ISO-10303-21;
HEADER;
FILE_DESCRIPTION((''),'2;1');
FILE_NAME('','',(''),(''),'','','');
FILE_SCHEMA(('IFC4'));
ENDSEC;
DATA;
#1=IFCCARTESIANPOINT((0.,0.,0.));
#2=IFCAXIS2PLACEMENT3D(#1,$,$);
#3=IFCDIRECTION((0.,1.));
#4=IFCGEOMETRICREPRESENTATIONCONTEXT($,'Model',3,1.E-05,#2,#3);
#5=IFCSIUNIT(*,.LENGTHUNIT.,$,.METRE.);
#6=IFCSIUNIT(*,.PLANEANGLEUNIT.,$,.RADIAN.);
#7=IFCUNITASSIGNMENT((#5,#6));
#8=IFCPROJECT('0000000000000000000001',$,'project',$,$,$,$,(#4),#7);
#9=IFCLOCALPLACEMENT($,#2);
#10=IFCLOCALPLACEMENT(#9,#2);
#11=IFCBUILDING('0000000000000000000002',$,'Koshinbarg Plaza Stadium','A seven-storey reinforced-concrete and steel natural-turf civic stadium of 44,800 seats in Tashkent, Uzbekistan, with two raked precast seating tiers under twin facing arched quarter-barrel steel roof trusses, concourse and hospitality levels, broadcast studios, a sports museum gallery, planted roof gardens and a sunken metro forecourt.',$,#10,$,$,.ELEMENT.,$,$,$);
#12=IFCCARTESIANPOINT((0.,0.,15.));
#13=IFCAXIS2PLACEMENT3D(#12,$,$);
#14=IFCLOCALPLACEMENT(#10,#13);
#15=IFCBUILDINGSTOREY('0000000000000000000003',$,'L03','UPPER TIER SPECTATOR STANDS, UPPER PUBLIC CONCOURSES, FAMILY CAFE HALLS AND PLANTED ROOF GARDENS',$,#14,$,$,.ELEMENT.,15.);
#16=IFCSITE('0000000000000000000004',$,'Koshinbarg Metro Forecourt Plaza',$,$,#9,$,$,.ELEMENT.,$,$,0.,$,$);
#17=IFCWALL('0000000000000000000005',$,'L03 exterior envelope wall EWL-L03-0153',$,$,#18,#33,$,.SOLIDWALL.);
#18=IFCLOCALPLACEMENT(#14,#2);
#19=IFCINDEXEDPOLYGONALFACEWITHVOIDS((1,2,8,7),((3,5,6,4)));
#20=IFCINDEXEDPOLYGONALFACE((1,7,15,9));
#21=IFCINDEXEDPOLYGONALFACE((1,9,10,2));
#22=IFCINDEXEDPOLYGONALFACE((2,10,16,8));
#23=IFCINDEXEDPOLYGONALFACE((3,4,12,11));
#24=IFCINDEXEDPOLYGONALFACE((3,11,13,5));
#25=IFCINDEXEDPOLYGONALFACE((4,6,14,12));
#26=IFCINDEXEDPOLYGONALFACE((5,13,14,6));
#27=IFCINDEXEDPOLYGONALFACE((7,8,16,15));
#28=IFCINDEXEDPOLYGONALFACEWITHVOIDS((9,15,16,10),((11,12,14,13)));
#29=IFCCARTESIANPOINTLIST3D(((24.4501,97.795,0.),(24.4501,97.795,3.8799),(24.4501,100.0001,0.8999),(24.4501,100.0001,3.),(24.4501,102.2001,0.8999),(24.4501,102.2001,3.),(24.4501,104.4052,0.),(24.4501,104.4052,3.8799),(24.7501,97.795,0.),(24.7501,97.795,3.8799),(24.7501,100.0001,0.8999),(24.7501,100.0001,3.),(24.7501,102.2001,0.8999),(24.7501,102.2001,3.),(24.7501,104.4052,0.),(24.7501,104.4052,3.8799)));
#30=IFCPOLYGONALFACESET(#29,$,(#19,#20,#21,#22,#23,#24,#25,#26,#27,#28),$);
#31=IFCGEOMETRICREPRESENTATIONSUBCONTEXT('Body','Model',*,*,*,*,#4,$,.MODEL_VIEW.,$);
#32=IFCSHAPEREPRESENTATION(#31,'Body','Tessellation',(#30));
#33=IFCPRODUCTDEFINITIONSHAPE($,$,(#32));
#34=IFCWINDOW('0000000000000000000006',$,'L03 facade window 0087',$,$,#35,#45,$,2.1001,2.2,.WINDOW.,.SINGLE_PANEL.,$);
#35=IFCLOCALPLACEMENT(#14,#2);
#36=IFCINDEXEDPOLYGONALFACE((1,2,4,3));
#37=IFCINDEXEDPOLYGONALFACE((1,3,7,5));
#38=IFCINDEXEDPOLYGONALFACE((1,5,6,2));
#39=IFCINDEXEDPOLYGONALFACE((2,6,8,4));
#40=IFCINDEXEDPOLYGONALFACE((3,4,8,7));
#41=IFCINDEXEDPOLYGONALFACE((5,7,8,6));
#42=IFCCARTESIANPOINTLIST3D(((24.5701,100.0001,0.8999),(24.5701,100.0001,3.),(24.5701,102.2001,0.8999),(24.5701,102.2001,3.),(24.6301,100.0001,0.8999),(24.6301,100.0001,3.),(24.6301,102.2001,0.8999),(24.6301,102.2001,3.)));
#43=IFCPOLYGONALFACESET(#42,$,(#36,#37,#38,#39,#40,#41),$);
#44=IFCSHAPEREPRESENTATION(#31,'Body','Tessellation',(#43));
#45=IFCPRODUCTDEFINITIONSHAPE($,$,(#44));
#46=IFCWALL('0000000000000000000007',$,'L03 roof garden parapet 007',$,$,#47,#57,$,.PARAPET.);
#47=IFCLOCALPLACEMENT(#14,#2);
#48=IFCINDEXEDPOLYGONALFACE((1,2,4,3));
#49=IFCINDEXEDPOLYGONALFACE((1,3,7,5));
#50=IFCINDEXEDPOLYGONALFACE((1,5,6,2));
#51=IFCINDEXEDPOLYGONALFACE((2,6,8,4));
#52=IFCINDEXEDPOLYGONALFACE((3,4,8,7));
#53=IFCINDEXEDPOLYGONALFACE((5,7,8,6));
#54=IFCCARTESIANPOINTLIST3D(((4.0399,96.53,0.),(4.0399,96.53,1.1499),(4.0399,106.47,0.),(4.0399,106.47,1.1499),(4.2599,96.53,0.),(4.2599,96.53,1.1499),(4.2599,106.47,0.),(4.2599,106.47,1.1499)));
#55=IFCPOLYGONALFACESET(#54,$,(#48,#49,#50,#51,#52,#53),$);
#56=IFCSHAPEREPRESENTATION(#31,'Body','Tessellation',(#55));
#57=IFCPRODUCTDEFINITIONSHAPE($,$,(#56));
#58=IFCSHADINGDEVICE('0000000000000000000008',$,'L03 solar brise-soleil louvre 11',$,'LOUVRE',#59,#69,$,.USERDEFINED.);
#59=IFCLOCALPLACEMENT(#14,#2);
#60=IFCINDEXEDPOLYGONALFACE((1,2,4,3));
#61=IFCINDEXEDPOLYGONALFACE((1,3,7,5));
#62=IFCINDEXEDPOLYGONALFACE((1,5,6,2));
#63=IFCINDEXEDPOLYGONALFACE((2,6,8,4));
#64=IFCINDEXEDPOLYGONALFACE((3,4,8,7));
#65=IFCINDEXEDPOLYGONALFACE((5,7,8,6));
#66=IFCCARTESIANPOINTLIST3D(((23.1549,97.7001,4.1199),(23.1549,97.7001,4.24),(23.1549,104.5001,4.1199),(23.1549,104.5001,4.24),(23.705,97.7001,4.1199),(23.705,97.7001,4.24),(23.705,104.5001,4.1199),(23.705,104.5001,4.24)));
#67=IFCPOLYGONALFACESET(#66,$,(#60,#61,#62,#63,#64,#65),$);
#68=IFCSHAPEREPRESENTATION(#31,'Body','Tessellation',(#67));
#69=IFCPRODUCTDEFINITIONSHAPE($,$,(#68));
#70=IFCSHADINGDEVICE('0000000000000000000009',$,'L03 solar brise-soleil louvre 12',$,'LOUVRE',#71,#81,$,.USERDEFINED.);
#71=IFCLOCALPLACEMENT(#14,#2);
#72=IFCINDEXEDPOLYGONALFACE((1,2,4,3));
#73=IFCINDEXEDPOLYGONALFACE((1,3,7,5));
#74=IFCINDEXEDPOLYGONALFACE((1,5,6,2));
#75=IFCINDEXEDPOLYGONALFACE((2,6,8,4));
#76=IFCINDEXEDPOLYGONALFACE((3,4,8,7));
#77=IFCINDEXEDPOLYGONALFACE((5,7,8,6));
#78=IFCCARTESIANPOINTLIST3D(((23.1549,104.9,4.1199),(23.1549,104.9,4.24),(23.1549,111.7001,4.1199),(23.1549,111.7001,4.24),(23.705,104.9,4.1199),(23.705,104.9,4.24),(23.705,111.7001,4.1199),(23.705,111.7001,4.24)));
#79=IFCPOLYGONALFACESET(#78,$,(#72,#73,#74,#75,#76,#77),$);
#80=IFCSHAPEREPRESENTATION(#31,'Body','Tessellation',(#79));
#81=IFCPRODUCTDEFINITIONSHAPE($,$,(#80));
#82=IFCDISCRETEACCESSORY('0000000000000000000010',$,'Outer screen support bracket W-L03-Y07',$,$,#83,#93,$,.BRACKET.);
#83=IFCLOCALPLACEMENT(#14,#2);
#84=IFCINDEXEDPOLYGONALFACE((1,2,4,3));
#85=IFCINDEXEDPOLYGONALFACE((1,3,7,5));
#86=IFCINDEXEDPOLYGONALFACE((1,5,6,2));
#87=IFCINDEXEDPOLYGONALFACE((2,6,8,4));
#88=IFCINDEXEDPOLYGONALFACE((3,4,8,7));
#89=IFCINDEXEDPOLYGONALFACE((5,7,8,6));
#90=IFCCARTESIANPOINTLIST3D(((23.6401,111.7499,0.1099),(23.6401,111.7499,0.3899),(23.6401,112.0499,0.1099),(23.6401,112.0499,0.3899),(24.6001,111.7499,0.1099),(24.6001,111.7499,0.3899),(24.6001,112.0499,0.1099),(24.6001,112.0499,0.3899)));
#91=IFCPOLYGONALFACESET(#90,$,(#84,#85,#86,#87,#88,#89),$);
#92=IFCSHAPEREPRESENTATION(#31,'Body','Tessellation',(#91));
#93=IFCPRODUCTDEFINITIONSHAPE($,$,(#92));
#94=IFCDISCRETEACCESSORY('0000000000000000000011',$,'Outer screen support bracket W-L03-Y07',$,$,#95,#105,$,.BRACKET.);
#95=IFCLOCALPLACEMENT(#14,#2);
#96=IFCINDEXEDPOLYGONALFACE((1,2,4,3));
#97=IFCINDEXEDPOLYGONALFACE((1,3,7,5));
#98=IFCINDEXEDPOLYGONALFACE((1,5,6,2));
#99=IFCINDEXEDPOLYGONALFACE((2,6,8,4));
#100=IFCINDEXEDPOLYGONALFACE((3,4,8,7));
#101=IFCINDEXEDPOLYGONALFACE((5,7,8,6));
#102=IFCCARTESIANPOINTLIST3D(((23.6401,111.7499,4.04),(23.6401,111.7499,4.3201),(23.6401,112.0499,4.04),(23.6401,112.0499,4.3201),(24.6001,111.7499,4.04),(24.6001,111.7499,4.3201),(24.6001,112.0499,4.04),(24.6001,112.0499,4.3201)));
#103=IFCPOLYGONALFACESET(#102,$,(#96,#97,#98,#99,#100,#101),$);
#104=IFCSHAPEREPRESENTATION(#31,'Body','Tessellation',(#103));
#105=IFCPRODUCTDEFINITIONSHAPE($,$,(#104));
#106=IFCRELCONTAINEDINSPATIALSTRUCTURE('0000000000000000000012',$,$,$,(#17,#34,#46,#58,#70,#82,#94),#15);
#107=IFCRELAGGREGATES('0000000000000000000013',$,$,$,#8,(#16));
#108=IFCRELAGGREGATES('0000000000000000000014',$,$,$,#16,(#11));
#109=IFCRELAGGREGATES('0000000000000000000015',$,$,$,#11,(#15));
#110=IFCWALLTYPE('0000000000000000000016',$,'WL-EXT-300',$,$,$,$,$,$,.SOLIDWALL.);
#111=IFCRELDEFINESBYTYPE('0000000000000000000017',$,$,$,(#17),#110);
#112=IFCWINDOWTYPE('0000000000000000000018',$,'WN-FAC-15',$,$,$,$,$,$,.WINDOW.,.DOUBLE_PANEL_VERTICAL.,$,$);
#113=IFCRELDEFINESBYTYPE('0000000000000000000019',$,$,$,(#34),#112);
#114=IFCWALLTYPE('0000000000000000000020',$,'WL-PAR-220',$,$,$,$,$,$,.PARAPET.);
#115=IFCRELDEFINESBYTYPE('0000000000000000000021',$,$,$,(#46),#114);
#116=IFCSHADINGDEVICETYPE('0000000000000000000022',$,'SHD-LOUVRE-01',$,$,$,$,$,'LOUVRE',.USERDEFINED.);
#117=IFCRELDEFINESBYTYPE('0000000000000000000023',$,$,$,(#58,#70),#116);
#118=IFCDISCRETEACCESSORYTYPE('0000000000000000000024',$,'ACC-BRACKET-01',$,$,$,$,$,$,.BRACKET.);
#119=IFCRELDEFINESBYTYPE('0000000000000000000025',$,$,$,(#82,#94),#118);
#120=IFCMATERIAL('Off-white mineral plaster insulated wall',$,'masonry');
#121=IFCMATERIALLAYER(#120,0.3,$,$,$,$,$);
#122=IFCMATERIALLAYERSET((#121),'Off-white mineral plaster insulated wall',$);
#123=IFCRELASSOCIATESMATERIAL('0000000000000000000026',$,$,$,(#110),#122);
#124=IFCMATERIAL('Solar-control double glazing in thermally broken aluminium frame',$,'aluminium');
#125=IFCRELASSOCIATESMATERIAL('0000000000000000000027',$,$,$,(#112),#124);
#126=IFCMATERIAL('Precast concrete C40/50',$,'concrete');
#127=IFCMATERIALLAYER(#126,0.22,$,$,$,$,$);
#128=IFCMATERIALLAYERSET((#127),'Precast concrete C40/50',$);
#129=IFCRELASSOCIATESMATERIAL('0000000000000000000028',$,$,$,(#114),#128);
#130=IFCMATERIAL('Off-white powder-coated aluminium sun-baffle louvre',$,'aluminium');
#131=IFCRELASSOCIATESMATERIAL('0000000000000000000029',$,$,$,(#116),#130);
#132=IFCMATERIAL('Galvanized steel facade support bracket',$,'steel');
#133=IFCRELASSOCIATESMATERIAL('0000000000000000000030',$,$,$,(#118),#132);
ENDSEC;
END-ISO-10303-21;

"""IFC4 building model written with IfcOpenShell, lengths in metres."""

from ifc_helpers import new_model, si_unit, direction, frame, frame_2d, origin, origin_2d, place, context, subcontext, project, spatial, rectangle, extrude, material, layer, layer_set, type_object, element, fill, save


model = new_model("IFC4")

# Units and contexts
model_context = context("Model", 3, precision=1e-05, world=origin(), true_north=direction((0.0, 1.0)))
body_context = subcontext(model_context, "Body", "Model", "MODEL_VIEW")
ifc_project = project(units=[si_unit("LENGTHUNIT", "METRE"), si_unit("PLANEANGLEUNIT", "RADIAN")], contexts=[model_context])

# Site, building, storey
site_placement = place(None, origin())
site = spatial("IfcSite", under=ifc_project, at=site_placement, Name="Koshinbarg Metro Forecourt Plaza", CompositionType="ELEMENT", RefElevation=0.0)
building_placement = place(site_placement, origin())
building = spatial("IfcBuilding", under=site, at=building_placement, Name="Koshinbarg Plaza Stadium", Description="A seven-storey reinforced-concrete and steel natural-turf civic stadium of 44,800 seats in Tashkent, Uzbekistan, with two raked precast seating tiers under twin facing arched quarter-barrel steel roof trusses, concourse and hospitality levels, broadcast studios, a sports museum gallery, planted roof gardens and a sunken metro forecourt.", CompositionType="ELEMENT")
storey_placement = place(building_placement, frame((0.0, 0.0, 15.0)))
storey = spatial("IfcBuildingStorey", under=building, at=storey_placement, Name="L03", Description="UPPER TIER SPECTATOR STANDS, UPPER PUBLIC CONCOURSES, FAMILY CAFE HALLS AND PLANTED ROOF GARDENS", CompositionType="ELEMENT", Elevation=15.0)

# Wall, opening, window
ifc_material_1 = material(Name="Off-white mineral plaster insulated wall", Category="masonry")
ifc_layer_1 = layer(ifc_material_1, 0.3)
ifc_layer_set_1 = layer_set([ifc_layer_1], Name="Off-white mineral plaster insulated wall")
wall_type_1 = type_object("IfcWallType", Name="WL-EXT-300", PredefinedType="SOLIDWALL", material=ifc_layer_set_1)
wall_1_placement = place(storey_placement, frame((24.6001, 97.7949, 0.0), z_axis=(0.0, 0.0, 1.0), x_axis=(0.0, 1.0, 0.0)))
wall_1 = element("IfcWall", 1, at=wall_1_placement, inside=storey, type_object=wall_type_1, Name="L03 exterior envelope wall EWL-L03-0153", PredefinedType="SOLIDWALL", context=body_context, shape_type="SweptSolid", body=[
    extrude(rectangle(XDim=6.6101, YDim=0.3, at=frame_2d((3.3052, 0.0))), origin(), (0.0, 0.0, 1.0), 3.8799),
])
opening_placement = place(wall_1_placement, frame((2.2051, 0.0, 0.8999)))
opening = element("IfcOpeningElement", 2, at=opening_placement, cuts=wall_1, PredefinedType="OPENING", context=body_context, shape_type="SweptSolid", body=[
    extrude(rectangle(XDim=2.2, YDim=2.1001, at=frame_2d((1.1001, 1.05))), frame((0.0, 0.1599, 0.0), z_axis=(0.0, -1.0, 0.0), x_axis=(1.0, 0.0, 0.0)), (0.0, 0.0, 1.0), 0.3201),
])
ifc_material_2 = material(Name="Solar-control double glazing in thermally broken aluminium frame", Category="aluminium")
window_type = type_object("IfcWindowType", Name="WN-FAC-15", PartitioningType="DOUBLE_PANEL_VERTICAL", PredefinedType="WINDOW", material=ifc_material_2)
window_placement = place(opening_placement, origin())
window = element("IfcWindow", 3, at=window_placement, inside=storey, type_object=window_type, Name="L03 facade window 0087", OverallHeight=2.1001, OverallWidth=2.2, PartitioningType="SINGLE_PANEL", PredefinedType="WINDOW", context=body_context, shape_type="SweptSolid", body=[
    extrude(rectangle(XDim=2.2, YDim=2.1001, at=frame_2d((1.1001, 1.05))), frame((0.0, 0.03, 0.0), z_axis=(0.0, -1.0, 0.0), x_axis=(1.0, 0.0, 0.0)), (0.0, 0.0, 1.0), 0.0601),
])
fill(opening, window)

# Wall
ifc_material_3 = material(Name="Precast concrete C40/50", Category="concrete")
ifc_layer_2 = layer(ifc_material_3, 0.22)
ifc_layer_set_2 = layer_set([ifc_layer_2], Name="Precast concrete C40/50")
wall_type_2 = type_object("IfcWallType", Name="WL-PAR-220", PredefinedType="PARAPET", material=ifc_layer_set_2)
wall_2_placement = place(storey_placement, frame((4.1499, 106.47, 0.0), z_axis=(0.0, 0.0, 1.0), x_axis=(0.0, -1.0, 0.0)))
element("IfcWall", 4, at=wall_2_placement, inside=storey, type_object=wall_type_2, Name="L03 roof garden parapet 007", PredefinedType="PARAPET", context=body_context, shape_type="SweptSolid", body=[
    extrude(rectangle(XDim=9.9399, YDim=0.22, at=frame_2d((4.97, 0.0))), origin(), (0.0, 0.0, 1.0), 1.1499),
])

# Shading devices
ifc_material_4 = material(Name="Off-white powder-coated aluminium sun-baffle louvre", Category="aluminium")
shading_device_type = type_object("IfcShadingDeviceType", Name="SHD-LOUVRE-01", ElementType="LOUVRE", PredefinedType="USERDEFINED", material=ifc_material_4)
for number, where, z_axis, x_axis, name in (
    (5, (23.4299, 101.1001, 4.1199), (0.0, 0.0, 1.0), (1.0, 0.0, 0.0), "L03 solar brise-soleil louvre 11"),
    (6, (23.4299, 108.3, 4.1199), (0.0, 0.0, 1.0), (1.0, 0.0, 0.0), "L03 solar brise-soleil louvre 12"),
):
    element("IfcShadingDevice", number, at=place(storey_placement, frame(where, z_axis=z_axis, x_axis=x_axis)), inside=storey, type_object=shading_device_type, Name=name, ObjectType="LOUVRE", PredefinedType="USERDEFINED", context=body_context, shape_type="SweptSolid", body=[
        extrude(rectangle(XDim=0.55, YDim=6.8, at=origin_2d()), origin(), (0.0, 0.0, 1.0), 0.1201),
    ])

# Discrete accessories
ifc_material_5 = material(Name="Galvanized steel facade support bracket", Category="steel")
discrete_accessory_type = type_object("IfcDiscreteAccessoryType", Name="ACC-BRACKET-01", PredefinedType="BRACKET", material=ifc_material_5)
for number, where, z_axis, x_axis, name in (
    (7, (24.1201, 111.8999, 0.1099), (0.0, 0.0, 1.0), (1.0, 0.0, 0.0), "Outer screen support bracket W-L03-Y07"),
    (8, (24.1201, 111.8999, 4.04), (0.0, 0.0, 1.0), (1.0, 0.0, 0.0), "Outer screen support bracket W-L03-Y07"),
):
    element("IfcDiscreteAccessory", number, at=place(storey_placement, frame(where, z_axis=z_axis, x_axis=x_axis)), inside=storey, type_object=discrete_accessory_type, Name=name, PredefinedType="BRACKET", context=body_context, shape_type="SweptSolid", body=[
        extrude(rectangle(XDim=0.96, YDim=0.3, at=origin_2d()), origin(), (0.0, 0.0, 1.0), 0.28),
    ])

save(model, "model.ifc")
